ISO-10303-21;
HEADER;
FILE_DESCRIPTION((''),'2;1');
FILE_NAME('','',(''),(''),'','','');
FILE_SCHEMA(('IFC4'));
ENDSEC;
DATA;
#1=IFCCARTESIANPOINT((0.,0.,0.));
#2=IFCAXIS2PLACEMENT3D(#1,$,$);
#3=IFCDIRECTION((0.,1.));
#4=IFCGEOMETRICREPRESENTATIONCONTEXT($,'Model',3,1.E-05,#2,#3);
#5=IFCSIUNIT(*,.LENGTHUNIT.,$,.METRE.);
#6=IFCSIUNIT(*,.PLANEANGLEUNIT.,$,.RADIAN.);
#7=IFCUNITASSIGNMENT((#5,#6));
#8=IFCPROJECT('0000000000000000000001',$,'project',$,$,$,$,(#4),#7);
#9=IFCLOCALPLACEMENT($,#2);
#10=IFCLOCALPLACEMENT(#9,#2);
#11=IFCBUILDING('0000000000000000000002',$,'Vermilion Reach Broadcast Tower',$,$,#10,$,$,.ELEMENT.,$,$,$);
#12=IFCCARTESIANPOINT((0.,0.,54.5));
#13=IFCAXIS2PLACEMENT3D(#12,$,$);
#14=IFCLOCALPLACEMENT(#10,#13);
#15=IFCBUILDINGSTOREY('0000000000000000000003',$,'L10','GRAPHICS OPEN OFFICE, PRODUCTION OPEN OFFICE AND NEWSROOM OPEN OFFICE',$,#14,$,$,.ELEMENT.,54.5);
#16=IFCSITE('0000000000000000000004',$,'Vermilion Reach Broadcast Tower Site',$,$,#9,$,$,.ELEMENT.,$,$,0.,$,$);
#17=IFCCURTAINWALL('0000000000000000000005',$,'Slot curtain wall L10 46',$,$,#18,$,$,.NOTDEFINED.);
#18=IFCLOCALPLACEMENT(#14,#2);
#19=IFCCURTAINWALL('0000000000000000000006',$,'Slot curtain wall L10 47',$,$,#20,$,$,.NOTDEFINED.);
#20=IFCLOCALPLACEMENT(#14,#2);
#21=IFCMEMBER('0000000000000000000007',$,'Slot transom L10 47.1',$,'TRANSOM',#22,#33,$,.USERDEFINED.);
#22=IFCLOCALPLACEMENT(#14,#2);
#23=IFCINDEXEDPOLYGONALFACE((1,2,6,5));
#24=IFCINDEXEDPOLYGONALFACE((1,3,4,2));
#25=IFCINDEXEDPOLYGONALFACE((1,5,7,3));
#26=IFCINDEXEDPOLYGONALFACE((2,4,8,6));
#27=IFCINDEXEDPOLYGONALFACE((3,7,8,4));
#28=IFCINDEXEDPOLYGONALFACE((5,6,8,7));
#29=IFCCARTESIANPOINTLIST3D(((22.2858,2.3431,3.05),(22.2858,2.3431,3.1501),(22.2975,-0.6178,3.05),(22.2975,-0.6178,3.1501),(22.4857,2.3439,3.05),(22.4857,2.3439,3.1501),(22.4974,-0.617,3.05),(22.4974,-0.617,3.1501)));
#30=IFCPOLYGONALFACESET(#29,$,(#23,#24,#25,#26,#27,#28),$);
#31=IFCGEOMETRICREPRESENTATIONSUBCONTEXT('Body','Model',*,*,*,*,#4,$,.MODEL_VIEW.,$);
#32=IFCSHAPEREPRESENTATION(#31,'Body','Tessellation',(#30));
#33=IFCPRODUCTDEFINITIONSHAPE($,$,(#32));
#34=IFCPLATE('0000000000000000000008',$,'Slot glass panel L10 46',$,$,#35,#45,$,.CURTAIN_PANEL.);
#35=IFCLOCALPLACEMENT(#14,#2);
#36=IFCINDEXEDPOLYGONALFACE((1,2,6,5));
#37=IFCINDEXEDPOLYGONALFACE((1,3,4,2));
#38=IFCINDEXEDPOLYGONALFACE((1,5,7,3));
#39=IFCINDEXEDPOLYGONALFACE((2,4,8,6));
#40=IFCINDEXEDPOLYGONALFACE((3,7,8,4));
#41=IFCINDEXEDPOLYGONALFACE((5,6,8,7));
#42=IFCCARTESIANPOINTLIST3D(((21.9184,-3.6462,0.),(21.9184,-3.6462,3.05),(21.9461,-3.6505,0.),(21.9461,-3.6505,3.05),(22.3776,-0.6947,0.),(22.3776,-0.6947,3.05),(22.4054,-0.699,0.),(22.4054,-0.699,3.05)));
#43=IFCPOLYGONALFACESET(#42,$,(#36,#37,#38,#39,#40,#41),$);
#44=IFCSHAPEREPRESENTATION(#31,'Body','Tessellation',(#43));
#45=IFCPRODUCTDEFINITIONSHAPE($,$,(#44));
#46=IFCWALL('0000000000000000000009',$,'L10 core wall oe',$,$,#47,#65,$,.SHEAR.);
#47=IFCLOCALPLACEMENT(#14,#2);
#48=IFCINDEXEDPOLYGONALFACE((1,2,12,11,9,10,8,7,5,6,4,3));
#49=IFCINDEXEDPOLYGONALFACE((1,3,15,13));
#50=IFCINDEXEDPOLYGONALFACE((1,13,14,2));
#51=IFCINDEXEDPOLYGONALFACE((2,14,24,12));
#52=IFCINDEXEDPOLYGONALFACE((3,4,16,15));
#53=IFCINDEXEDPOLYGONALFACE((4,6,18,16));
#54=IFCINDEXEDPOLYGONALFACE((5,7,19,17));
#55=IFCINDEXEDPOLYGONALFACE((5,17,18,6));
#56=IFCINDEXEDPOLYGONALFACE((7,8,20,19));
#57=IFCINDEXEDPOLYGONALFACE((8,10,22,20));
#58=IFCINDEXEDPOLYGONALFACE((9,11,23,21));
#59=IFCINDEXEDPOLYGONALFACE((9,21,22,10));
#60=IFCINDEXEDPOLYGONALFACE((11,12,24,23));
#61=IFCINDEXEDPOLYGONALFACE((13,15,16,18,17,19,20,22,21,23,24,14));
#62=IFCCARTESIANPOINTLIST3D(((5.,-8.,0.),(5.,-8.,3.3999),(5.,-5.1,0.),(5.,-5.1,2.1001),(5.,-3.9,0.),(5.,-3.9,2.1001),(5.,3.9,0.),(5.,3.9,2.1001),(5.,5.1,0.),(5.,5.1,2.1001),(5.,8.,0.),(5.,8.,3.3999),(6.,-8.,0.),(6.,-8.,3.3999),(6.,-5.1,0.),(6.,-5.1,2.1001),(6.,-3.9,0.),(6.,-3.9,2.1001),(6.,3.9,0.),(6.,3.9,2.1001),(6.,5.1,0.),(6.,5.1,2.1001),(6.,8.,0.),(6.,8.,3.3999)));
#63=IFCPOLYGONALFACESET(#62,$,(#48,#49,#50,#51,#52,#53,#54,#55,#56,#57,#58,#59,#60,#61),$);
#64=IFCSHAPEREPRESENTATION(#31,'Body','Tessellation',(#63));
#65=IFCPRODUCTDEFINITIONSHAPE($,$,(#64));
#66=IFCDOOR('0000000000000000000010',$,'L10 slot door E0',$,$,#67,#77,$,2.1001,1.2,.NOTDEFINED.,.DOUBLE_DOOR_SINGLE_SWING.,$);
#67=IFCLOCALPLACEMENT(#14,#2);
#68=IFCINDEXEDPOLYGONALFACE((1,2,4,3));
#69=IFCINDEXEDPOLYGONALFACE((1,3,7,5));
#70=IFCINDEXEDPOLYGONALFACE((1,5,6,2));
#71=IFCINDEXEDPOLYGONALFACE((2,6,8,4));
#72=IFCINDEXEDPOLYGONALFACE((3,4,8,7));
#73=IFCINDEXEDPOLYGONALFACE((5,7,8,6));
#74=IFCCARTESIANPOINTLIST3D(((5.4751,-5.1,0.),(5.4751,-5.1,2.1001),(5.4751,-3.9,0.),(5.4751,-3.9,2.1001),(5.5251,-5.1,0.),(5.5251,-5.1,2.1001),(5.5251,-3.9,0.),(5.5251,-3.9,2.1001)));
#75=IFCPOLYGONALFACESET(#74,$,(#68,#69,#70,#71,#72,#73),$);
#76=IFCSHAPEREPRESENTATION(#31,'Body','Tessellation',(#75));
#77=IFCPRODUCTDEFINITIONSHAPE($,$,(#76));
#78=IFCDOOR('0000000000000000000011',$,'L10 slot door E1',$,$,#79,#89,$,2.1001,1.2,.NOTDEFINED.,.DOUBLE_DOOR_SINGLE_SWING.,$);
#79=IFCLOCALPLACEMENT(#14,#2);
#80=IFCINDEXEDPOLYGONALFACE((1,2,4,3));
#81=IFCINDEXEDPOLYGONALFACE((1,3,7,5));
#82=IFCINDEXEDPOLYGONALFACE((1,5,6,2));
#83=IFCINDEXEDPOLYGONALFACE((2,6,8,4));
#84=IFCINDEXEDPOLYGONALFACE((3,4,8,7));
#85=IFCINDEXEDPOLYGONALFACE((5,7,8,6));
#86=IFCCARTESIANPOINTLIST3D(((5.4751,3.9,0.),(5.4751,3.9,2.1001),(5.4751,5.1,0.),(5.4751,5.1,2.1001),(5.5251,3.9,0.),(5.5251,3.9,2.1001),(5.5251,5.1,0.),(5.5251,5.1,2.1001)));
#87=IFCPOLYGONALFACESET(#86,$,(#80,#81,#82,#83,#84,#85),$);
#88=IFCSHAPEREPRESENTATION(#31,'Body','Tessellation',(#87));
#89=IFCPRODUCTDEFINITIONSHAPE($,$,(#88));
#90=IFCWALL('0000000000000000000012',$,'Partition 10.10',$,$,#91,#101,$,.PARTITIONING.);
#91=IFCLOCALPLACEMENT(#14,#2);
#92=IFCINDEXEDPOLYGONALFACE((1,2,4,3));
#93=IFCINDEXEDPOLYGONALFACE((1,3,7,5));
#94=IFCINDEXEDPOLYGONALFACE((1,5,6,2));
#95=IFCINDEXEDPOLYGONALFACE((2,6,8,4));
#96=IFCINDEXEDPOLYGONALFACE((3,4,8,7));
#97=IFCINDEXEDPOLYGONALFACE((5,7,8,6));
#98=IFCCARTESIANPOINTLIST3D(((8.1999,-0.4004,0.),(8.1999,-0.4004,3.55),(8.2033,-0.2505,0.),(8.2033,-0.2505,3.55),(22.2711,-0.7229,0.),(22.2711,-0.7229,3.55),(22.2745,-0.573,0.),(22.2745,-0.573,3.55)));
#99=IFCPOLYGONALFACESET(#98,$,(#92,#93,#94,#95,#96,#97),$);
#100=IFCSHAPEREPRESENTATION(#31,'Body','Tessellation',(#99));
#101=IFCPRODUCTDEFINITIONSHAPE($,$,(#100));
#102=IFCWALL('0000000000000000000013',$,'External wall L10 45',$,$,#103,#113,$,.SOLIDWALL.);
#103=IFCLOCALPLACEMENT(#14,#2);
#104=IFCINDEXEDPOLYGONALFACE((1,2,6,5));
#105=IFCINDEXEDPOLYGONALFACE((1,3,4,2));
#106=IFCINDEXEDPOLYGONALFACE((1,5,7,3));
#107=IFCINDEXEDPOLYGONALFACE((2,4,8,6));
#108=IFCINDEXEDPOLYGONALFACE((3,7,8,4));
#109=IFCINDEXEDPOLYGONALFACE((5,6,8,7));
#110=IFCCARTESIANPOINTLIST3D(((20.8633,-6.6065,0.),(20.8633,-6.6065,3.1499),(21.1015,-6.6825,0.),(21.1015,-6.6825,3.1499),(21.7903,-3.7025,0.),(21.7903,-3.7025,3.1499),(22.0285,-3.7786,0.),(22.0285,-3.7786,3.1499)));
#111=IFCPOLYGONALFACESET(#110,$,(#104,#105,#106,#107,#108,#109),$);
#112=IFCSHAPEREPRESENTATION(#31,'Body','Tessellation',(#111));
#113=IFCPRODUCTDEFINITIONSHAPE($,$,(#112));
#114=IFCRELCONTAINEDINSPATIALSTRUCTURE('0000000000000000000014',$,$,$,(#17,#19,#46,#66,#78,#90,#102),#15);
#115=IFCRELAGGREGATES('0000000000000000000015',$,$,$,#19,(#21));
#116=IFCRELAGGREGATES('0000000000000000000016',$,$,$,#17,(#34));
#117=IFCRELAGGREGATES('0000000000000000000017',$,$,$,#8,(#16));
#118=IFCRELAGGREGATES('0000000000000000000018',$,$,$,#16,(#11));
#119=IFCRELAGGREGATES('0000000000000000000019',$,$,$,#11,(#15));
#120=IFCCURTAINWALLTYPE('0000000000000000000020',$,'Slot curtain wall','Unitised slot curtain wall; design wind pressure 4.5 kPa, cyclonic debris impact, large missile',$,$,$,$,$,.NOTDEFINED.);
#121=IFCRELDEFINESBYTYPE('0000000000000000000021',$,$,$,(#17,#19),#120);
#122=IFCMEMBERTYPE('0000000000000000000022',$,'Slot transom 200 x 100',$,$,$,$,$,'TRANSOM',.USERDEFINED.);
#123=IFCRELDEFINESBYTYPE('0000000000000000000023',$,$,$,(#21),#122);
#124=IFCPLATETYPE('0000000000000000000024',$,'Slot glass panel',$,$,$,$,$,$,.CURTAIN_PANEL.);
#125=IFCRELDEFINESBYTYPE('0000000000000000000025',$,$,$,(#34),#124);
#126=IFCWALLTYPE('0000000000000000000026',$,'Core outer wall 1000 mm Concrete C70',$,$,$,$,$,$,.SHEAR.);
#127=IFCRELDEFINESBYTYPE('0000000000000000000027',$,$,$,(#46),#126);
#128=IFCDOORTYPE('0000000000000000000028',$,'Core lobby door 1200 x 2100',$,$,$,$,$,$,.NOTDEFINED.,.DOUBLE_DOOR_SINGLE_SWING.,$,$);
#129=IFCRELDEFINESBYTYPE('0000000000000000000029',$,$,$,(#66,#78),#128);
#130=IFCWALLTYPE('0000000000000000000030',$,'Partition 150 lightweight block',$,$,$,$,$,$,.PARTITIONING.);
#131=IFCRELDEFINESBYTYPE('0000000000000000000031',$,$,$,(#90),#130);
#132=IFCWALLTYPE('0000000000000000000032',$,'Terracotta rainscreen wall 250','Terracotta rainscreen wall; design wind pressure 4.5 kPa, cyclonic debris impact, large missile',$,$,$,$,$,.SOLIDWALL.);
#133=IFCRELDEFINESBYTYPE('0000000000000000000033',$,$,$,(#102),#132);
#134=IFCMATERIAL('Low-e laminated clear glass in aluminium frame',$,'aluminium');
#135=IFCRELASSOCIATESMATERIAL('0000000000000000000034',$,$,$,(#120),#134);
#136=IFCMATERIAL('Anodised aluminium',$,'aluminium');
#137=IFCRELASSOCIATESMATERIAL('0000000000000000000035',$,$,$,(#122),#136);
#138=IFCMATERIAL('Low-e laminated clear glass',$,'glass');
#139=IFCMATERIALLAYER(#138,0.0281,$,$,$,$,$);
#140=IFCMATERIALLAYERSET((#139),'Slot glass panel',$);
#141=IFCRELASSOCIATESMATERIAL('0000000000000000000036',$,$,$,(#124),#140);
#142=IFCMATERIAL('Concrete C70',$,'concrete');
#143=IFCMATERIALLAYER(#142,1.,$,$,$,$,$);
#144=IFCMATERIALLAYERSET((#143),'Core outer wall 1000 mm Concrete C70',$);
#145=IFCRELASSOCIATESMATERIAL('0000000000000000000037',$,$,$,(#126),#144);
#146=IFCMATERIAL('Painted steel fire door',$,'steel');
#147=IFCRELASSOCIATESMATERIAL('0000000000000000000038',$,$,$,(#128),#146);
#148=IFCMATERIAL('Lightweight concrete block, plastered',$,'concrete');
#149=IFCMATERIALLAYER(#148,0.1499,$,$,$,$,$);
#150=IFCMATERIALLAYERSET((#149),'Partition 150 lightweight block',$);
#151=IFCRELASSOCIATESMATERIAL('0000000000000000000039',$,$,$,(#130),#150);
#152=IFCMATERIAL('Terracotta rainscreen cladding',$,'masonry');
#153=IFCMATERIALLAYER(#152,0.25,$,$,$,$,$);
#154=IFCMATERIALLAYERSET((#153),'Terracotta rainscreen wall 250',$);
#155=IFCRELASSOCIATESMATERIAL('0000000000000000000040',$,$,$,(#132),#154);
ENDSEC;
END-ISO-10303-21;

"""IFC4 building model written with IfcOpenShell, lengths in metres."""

from ifc_helpers import new_model, si_unit, direction, frame, frame_2d, origin, origin_2d, place, context, subcontext, project, spatial, rectangle, extrude, material, layer, layer_set, material_profile, profile_set, type_object, element, fill, aggregate, save


model = new_model("IFC4")

# Units and contexts
model_context = context("Model", 3, precision=1e-05, world=origin(), true_north=direction((0.0, 1.0)))
body_context = subcontext(model_context, "Body", "Model", "MODEL_VIEW")
ifc_project = project(units=[si_unit("LENGTHUNIT", "METRE"), si_unit("PLANEANGLEUNIT", "RADIAN")], contexts=[model_context])

# Site, building, storey
site_placement = place(None, origin())
site = spatial("IfcSite", under=ifc_project, at=site_placement, Name="Vermilion Reach Broadcast Tower Site", CompositionType="ELEMENT", RefElevation=0.0)
building_placement = place(site_placement, origin())
building = spatial("IfcBuilding", under=site, at=building_placement, Name="Vermilion Reach Broadcast Tower", CompositionType="ELEMENT")
storey_placement = place(building_placement, frame((0.0, 0.0, 54.5)))
storey = spatial("IfcBuildingStorey", under=building, at=storey_placement, Name="L10", Description="GRAPHICS OPEN OFFICE, PRODUCTION OPEN OFFICE AND NEWSROOM OPEN OFFICE", CompositionType="ELEMENT", Elevation=54.5)

# Curtain walls
ifc_material_1 = material(Name="Low-e laminated clear glass in aluminium frame", Category="aluminium")
curtain_wall_type = type_object("IfcCurtainWallType", Name="Slot curtain wall", Description="Unitised slot curtain wall; design wind pressure 4.5 kPa, cyclonic debris impact, large missile", PredefinedType="NOTDEFINED", material=ifc_material_1)
placement = place(storey_placement, origin())
curtain_wall_1 = element("IfcCurtainWall", 1, at=placement, inside=storey, type_object=curtain_wall_type, Name="Slot curtain wall L10 46", PredefinedType="NOTDEFINED")
curtain_wall_2 = element("IfcCurtainWall", 2, at=placement, inside=storey, type_object=curtain_wall_type, Name="Slot curtain wall L10 47", PredefinedType="NOTDEFINED")

# Member
ifc_material_2 = material(Name="Anodised aluminium", Category="aluminium")
ifc_material_profile_1 = material_profile(ifc_material_2, rectangle(XDim=0.2, YDim=0.1001, at=origin_2d()), Name="Slot transom 200 x 100")
ifc_profile_set_1 = profile_set([ifc_material_profile_1], Name="Anodised aluminium")
member_type_1 = type_object("IfcMemberType", Name="Slot transom 200 x 100", ElementType="TRANSOM", PredefinedType="USERDEFINED", material=ifc_profile_set_1)
member_1_placement = place(storey_placement, frame((22.3975, -0.6174, 3.1001), z_axis=(-0.003958, 0.999992, 0.0), x_axis=(-0.999992, -0.003958, 0.0)))
member_1 = element("IfcMember", 3, at=member_1_placement, type_object=member_type_1, Name="Slot transom L10 47.1", ObjectType="TRANSOM", PredefinedType="USERDEFINED", context=body_context, shape_type="SweptSolid", body=[
    extrude(rectangle(XDim=0.2, YDim=0.1001, at=origin_2d()), origin(), (0.0, 0.0, 1.0), 2.9609),
])
aggregate(curtain_wall_2, [member_1])

# Plate
ifc_material_3 = material(Name="Low-e laminated clear glass", Category="glass")
ifc_layer_1 = layer(ifc_material_3, 0.0281)
ifc_layer_set_1 = layer_set([ifc_layer_1], Name="Slot glass panel")
plate_type = type_object("IfcPlateType", Name="Slot glass panel", PredefinedType="CURTAIN_PANEL", material=ifc_layer_set_1)
plate_placement = place(storey_placement, frame((22.1619, -2.1726, 0.0), z_axis=(0.0, 0.0, 1.0), x_axis=(0.153753, 0.988109, 0.0)))
plate = element("IfcPlate", 4, at=plate_placement, type_object=plate_type, Name="Slot glass panel L10 46", PredefinedType="CURTAIN_PANEL", context=body_context, shape_type="SweptSolid", body=[
    extrude(rectangle(XDim=2.9871, YDim=0.0281, at=origin_2d()), origin(), (0.0, 0.0, 1.0), 3.05),
])
aggregate(curtain_wall_1, [plate])

# Wall, openings, doors
ifc_material_4 = material(Name="Concrete C70", Category="concrete")
ifc_layer_2 = layer(ifc_material_4, 1.0)
ifc_layer_set_2 = layer_set([ifc_layer_2], Name="Core outer wall 1000 mm Concrete C70")
wall_type_1 = type_object("IfcWallType", Name="Core outer wall 1000 mm Concrete C70", PredefinedType="SHEAR", material=ifc_layer_set_2)
wall_1_placement = place(storey_placement, frame((5.5, -8.0, 0.0), z_axis=(0.0, 0.0, 1.0), x_axis=(0.0, 1.0, 0.0)))
wall_1 = element("IfcWall", 5, at=wall_1_placement, inside=storey, type_object=wall_type_1, Name="L10 core wall oe", PredefinedType="SHEAR", context=body_context, shape_type="SweptSolid", body=[
    extrude(rectangle(XDim=16.0, YDim=1.0, at=frame_2d((8.0, 0.0))), origin(), (0.0, 0.0, 1.0), 3.3999),
])
opening_1_placement = place(wall_1_placement, frame((2.8999, 0.0, 0.0)))
opening_1 = element("IfcOpeningElement", 6, at=opening_1_placement, cuts=wall_1, PredefinedType="OPENING", context=body_context, shape_type="SweptSolid", body=[
    extrude(rectangle(XDim=1.2, YDim=2.1001, at=frame_2d((0.6001, 1.05))), frame((0.0, 0.51, 0.0), z_axis=(0.0, -1.0, 0.0), x_axis=(1.0, 0.0, 0.0)), (0.0, 0.0, 1.0), 1.02),
])
opening_2_placement = place(wall_1_placement, frame((11.8999, 0.0, 0.0)))
opening_2 = element("IfcOpeningElement", 7, at=opening_2_placement, cuts=wall_1, PredefinedType="OPENING", context=body_context, shape_type="SweptSolid", body=[
    extrude(rectangle(XDim=1.2, YDim=2.1001, at=frame_2d((0.6001, 1.05))), frame((0.0, 0.51, 0.0), z_axis=(0.0, -1.0, 0.0), x_axis=(1.0, 0.0, 0.0)), (0.0, 0.0, 1.0), 1.02),
])
ifc_material_5 = material(Name="Painted steel fire door", Category="steel")
door_type = type_object("IfcDoorType", Name="Core lobby door 1200 x 2100", OperationType="DOUBLE_DOOR_SINGLE_SWING", PredefinedType="NOTDEFINED", material=ifc_material_5)
door_1_placement = place(opening_1_placement, origin())
door_1 = element("IfcDoor", 8, at=door_1_placement, inside=storey, type_object=door_type, Name="L10 slot door E0", OperationType="DOUBLE_DOOR_SINGLE_SWING", OverallHeight=2.1001, OverallWidth=1.2, PredefinedType="NOTDEFINED", context=body_context, shape_type="SweptSolid", body=[
    extrude(rectangle(XDim=1.2, YDim=2.1001, at=frame_2d((0.6001, 1.05))), frame((0.0, 0.0249, 0.0), z_axis=(0.0, -1.0, 0.0), x_axis=(1.0, 0.0, 0.0)), (0.0, 0.0, 1.0), 0.05),
])
fill(opening_1, door_1)
door_2_placement = place(opening_2_placement, origin())
door_2 = element("IfcDoor", 9, at=door_2_placement, inside=storey, type_object=door_type, Name="L10 slot door E1", OperationType="DOUBLE_DOOR_SINGLE_SWING", OverallHeight=2.1001, OverallWidth=1.2, PredefinedType="NOTDEFINED", context=body_context, shape_type="SweptSolid", body=[
    extrude(rectangle(XDim=1.2, YDim=2.1001, at=frame_2d((0.6001, 1.05))), frame((0.0, 0.0249, 0.0), z_axis=(0.0, -1.0, 0.0), x_axis=(1.0, 0.0, 0.0)), (0.0, 0.0, 1.0), 0.05),
])
fill(opening_2, door_2)

# Walls
ifc_material_6 = material(Name="Lightweight concrete block, plastered", Category="concrete")
ifc_layer_3 = layer(ifc_material_6, 0.1499)
ifc_layer_set_3 = layer_set([ifc_layer_3], Name="Partition 150 lightweight block")
wall_type_2 = type_object("IfcWallType", Name="Partition 150 lightweight block", PredefinedType="PARTITIONING", material=ifc_layer_set_3)
wall_2_placement = place(storey_placement, frame((22.2729, -0.6479, 0.0), z_axis=(0.0, 0.0, 1.0), x_axis=(-0.999737, 0.022914, 0.0)))
element("IfcWall", 10, at=wall_2_placement, inside=storey, type_object=wall_type_2, Name="Partition 10.10", PredefinedType="PARTITIONING", context=body_context, shape_type="SweptSolid", body=[
    extrude(rectangle(XDim=14.075, YDim=0.1499, at=frame_2d((7.0376, 0.0))), origin(), (0.0, 0.0, 1.0), 3.55),
])
ifc_material_7 = material(Name="Terracotta rainscreen cladding", Category="masonry")
ifc_layer_4 = layer(ifc_material_7, 0.25)
ifc_layer_set_4 = layer_set([ifc_layer_4], Name="Terracotta rainscreen wall 250")
wall_type_3 = type_object("IfcWallType", Name="Terracotta rainscreen wall 250", Description="Terracotta rainscreen wall; design wind pressure 4.5 kPa, cyclonic debris impact, large missile", PredefinedType="SOLIDWALL", material=ifc_layer_set_4)
wall_3_placement = place(storey_placement, frame((20.9824, -6.6445, 0.0), z_axis=(0.0, 0.0, 1.0), x_axis=(0.304093, 0.952642, 0.0)))
element("IfcWall", 11, at=wall_3_placement, inside=storey, type_object=wall_type_3, Name="External wall L10 45", PredefinedType="SOLIDWALL", context=body_context, shape_type="SweptSolid", body=[
    extrude(rectangle(XDim=3.0483, YDim=0.25, at=frame_2d((1.5242, 0.0))), origin(), (0.0, 0.0, 1.0), 3.1499),
])

save(model, "model.ifc")
